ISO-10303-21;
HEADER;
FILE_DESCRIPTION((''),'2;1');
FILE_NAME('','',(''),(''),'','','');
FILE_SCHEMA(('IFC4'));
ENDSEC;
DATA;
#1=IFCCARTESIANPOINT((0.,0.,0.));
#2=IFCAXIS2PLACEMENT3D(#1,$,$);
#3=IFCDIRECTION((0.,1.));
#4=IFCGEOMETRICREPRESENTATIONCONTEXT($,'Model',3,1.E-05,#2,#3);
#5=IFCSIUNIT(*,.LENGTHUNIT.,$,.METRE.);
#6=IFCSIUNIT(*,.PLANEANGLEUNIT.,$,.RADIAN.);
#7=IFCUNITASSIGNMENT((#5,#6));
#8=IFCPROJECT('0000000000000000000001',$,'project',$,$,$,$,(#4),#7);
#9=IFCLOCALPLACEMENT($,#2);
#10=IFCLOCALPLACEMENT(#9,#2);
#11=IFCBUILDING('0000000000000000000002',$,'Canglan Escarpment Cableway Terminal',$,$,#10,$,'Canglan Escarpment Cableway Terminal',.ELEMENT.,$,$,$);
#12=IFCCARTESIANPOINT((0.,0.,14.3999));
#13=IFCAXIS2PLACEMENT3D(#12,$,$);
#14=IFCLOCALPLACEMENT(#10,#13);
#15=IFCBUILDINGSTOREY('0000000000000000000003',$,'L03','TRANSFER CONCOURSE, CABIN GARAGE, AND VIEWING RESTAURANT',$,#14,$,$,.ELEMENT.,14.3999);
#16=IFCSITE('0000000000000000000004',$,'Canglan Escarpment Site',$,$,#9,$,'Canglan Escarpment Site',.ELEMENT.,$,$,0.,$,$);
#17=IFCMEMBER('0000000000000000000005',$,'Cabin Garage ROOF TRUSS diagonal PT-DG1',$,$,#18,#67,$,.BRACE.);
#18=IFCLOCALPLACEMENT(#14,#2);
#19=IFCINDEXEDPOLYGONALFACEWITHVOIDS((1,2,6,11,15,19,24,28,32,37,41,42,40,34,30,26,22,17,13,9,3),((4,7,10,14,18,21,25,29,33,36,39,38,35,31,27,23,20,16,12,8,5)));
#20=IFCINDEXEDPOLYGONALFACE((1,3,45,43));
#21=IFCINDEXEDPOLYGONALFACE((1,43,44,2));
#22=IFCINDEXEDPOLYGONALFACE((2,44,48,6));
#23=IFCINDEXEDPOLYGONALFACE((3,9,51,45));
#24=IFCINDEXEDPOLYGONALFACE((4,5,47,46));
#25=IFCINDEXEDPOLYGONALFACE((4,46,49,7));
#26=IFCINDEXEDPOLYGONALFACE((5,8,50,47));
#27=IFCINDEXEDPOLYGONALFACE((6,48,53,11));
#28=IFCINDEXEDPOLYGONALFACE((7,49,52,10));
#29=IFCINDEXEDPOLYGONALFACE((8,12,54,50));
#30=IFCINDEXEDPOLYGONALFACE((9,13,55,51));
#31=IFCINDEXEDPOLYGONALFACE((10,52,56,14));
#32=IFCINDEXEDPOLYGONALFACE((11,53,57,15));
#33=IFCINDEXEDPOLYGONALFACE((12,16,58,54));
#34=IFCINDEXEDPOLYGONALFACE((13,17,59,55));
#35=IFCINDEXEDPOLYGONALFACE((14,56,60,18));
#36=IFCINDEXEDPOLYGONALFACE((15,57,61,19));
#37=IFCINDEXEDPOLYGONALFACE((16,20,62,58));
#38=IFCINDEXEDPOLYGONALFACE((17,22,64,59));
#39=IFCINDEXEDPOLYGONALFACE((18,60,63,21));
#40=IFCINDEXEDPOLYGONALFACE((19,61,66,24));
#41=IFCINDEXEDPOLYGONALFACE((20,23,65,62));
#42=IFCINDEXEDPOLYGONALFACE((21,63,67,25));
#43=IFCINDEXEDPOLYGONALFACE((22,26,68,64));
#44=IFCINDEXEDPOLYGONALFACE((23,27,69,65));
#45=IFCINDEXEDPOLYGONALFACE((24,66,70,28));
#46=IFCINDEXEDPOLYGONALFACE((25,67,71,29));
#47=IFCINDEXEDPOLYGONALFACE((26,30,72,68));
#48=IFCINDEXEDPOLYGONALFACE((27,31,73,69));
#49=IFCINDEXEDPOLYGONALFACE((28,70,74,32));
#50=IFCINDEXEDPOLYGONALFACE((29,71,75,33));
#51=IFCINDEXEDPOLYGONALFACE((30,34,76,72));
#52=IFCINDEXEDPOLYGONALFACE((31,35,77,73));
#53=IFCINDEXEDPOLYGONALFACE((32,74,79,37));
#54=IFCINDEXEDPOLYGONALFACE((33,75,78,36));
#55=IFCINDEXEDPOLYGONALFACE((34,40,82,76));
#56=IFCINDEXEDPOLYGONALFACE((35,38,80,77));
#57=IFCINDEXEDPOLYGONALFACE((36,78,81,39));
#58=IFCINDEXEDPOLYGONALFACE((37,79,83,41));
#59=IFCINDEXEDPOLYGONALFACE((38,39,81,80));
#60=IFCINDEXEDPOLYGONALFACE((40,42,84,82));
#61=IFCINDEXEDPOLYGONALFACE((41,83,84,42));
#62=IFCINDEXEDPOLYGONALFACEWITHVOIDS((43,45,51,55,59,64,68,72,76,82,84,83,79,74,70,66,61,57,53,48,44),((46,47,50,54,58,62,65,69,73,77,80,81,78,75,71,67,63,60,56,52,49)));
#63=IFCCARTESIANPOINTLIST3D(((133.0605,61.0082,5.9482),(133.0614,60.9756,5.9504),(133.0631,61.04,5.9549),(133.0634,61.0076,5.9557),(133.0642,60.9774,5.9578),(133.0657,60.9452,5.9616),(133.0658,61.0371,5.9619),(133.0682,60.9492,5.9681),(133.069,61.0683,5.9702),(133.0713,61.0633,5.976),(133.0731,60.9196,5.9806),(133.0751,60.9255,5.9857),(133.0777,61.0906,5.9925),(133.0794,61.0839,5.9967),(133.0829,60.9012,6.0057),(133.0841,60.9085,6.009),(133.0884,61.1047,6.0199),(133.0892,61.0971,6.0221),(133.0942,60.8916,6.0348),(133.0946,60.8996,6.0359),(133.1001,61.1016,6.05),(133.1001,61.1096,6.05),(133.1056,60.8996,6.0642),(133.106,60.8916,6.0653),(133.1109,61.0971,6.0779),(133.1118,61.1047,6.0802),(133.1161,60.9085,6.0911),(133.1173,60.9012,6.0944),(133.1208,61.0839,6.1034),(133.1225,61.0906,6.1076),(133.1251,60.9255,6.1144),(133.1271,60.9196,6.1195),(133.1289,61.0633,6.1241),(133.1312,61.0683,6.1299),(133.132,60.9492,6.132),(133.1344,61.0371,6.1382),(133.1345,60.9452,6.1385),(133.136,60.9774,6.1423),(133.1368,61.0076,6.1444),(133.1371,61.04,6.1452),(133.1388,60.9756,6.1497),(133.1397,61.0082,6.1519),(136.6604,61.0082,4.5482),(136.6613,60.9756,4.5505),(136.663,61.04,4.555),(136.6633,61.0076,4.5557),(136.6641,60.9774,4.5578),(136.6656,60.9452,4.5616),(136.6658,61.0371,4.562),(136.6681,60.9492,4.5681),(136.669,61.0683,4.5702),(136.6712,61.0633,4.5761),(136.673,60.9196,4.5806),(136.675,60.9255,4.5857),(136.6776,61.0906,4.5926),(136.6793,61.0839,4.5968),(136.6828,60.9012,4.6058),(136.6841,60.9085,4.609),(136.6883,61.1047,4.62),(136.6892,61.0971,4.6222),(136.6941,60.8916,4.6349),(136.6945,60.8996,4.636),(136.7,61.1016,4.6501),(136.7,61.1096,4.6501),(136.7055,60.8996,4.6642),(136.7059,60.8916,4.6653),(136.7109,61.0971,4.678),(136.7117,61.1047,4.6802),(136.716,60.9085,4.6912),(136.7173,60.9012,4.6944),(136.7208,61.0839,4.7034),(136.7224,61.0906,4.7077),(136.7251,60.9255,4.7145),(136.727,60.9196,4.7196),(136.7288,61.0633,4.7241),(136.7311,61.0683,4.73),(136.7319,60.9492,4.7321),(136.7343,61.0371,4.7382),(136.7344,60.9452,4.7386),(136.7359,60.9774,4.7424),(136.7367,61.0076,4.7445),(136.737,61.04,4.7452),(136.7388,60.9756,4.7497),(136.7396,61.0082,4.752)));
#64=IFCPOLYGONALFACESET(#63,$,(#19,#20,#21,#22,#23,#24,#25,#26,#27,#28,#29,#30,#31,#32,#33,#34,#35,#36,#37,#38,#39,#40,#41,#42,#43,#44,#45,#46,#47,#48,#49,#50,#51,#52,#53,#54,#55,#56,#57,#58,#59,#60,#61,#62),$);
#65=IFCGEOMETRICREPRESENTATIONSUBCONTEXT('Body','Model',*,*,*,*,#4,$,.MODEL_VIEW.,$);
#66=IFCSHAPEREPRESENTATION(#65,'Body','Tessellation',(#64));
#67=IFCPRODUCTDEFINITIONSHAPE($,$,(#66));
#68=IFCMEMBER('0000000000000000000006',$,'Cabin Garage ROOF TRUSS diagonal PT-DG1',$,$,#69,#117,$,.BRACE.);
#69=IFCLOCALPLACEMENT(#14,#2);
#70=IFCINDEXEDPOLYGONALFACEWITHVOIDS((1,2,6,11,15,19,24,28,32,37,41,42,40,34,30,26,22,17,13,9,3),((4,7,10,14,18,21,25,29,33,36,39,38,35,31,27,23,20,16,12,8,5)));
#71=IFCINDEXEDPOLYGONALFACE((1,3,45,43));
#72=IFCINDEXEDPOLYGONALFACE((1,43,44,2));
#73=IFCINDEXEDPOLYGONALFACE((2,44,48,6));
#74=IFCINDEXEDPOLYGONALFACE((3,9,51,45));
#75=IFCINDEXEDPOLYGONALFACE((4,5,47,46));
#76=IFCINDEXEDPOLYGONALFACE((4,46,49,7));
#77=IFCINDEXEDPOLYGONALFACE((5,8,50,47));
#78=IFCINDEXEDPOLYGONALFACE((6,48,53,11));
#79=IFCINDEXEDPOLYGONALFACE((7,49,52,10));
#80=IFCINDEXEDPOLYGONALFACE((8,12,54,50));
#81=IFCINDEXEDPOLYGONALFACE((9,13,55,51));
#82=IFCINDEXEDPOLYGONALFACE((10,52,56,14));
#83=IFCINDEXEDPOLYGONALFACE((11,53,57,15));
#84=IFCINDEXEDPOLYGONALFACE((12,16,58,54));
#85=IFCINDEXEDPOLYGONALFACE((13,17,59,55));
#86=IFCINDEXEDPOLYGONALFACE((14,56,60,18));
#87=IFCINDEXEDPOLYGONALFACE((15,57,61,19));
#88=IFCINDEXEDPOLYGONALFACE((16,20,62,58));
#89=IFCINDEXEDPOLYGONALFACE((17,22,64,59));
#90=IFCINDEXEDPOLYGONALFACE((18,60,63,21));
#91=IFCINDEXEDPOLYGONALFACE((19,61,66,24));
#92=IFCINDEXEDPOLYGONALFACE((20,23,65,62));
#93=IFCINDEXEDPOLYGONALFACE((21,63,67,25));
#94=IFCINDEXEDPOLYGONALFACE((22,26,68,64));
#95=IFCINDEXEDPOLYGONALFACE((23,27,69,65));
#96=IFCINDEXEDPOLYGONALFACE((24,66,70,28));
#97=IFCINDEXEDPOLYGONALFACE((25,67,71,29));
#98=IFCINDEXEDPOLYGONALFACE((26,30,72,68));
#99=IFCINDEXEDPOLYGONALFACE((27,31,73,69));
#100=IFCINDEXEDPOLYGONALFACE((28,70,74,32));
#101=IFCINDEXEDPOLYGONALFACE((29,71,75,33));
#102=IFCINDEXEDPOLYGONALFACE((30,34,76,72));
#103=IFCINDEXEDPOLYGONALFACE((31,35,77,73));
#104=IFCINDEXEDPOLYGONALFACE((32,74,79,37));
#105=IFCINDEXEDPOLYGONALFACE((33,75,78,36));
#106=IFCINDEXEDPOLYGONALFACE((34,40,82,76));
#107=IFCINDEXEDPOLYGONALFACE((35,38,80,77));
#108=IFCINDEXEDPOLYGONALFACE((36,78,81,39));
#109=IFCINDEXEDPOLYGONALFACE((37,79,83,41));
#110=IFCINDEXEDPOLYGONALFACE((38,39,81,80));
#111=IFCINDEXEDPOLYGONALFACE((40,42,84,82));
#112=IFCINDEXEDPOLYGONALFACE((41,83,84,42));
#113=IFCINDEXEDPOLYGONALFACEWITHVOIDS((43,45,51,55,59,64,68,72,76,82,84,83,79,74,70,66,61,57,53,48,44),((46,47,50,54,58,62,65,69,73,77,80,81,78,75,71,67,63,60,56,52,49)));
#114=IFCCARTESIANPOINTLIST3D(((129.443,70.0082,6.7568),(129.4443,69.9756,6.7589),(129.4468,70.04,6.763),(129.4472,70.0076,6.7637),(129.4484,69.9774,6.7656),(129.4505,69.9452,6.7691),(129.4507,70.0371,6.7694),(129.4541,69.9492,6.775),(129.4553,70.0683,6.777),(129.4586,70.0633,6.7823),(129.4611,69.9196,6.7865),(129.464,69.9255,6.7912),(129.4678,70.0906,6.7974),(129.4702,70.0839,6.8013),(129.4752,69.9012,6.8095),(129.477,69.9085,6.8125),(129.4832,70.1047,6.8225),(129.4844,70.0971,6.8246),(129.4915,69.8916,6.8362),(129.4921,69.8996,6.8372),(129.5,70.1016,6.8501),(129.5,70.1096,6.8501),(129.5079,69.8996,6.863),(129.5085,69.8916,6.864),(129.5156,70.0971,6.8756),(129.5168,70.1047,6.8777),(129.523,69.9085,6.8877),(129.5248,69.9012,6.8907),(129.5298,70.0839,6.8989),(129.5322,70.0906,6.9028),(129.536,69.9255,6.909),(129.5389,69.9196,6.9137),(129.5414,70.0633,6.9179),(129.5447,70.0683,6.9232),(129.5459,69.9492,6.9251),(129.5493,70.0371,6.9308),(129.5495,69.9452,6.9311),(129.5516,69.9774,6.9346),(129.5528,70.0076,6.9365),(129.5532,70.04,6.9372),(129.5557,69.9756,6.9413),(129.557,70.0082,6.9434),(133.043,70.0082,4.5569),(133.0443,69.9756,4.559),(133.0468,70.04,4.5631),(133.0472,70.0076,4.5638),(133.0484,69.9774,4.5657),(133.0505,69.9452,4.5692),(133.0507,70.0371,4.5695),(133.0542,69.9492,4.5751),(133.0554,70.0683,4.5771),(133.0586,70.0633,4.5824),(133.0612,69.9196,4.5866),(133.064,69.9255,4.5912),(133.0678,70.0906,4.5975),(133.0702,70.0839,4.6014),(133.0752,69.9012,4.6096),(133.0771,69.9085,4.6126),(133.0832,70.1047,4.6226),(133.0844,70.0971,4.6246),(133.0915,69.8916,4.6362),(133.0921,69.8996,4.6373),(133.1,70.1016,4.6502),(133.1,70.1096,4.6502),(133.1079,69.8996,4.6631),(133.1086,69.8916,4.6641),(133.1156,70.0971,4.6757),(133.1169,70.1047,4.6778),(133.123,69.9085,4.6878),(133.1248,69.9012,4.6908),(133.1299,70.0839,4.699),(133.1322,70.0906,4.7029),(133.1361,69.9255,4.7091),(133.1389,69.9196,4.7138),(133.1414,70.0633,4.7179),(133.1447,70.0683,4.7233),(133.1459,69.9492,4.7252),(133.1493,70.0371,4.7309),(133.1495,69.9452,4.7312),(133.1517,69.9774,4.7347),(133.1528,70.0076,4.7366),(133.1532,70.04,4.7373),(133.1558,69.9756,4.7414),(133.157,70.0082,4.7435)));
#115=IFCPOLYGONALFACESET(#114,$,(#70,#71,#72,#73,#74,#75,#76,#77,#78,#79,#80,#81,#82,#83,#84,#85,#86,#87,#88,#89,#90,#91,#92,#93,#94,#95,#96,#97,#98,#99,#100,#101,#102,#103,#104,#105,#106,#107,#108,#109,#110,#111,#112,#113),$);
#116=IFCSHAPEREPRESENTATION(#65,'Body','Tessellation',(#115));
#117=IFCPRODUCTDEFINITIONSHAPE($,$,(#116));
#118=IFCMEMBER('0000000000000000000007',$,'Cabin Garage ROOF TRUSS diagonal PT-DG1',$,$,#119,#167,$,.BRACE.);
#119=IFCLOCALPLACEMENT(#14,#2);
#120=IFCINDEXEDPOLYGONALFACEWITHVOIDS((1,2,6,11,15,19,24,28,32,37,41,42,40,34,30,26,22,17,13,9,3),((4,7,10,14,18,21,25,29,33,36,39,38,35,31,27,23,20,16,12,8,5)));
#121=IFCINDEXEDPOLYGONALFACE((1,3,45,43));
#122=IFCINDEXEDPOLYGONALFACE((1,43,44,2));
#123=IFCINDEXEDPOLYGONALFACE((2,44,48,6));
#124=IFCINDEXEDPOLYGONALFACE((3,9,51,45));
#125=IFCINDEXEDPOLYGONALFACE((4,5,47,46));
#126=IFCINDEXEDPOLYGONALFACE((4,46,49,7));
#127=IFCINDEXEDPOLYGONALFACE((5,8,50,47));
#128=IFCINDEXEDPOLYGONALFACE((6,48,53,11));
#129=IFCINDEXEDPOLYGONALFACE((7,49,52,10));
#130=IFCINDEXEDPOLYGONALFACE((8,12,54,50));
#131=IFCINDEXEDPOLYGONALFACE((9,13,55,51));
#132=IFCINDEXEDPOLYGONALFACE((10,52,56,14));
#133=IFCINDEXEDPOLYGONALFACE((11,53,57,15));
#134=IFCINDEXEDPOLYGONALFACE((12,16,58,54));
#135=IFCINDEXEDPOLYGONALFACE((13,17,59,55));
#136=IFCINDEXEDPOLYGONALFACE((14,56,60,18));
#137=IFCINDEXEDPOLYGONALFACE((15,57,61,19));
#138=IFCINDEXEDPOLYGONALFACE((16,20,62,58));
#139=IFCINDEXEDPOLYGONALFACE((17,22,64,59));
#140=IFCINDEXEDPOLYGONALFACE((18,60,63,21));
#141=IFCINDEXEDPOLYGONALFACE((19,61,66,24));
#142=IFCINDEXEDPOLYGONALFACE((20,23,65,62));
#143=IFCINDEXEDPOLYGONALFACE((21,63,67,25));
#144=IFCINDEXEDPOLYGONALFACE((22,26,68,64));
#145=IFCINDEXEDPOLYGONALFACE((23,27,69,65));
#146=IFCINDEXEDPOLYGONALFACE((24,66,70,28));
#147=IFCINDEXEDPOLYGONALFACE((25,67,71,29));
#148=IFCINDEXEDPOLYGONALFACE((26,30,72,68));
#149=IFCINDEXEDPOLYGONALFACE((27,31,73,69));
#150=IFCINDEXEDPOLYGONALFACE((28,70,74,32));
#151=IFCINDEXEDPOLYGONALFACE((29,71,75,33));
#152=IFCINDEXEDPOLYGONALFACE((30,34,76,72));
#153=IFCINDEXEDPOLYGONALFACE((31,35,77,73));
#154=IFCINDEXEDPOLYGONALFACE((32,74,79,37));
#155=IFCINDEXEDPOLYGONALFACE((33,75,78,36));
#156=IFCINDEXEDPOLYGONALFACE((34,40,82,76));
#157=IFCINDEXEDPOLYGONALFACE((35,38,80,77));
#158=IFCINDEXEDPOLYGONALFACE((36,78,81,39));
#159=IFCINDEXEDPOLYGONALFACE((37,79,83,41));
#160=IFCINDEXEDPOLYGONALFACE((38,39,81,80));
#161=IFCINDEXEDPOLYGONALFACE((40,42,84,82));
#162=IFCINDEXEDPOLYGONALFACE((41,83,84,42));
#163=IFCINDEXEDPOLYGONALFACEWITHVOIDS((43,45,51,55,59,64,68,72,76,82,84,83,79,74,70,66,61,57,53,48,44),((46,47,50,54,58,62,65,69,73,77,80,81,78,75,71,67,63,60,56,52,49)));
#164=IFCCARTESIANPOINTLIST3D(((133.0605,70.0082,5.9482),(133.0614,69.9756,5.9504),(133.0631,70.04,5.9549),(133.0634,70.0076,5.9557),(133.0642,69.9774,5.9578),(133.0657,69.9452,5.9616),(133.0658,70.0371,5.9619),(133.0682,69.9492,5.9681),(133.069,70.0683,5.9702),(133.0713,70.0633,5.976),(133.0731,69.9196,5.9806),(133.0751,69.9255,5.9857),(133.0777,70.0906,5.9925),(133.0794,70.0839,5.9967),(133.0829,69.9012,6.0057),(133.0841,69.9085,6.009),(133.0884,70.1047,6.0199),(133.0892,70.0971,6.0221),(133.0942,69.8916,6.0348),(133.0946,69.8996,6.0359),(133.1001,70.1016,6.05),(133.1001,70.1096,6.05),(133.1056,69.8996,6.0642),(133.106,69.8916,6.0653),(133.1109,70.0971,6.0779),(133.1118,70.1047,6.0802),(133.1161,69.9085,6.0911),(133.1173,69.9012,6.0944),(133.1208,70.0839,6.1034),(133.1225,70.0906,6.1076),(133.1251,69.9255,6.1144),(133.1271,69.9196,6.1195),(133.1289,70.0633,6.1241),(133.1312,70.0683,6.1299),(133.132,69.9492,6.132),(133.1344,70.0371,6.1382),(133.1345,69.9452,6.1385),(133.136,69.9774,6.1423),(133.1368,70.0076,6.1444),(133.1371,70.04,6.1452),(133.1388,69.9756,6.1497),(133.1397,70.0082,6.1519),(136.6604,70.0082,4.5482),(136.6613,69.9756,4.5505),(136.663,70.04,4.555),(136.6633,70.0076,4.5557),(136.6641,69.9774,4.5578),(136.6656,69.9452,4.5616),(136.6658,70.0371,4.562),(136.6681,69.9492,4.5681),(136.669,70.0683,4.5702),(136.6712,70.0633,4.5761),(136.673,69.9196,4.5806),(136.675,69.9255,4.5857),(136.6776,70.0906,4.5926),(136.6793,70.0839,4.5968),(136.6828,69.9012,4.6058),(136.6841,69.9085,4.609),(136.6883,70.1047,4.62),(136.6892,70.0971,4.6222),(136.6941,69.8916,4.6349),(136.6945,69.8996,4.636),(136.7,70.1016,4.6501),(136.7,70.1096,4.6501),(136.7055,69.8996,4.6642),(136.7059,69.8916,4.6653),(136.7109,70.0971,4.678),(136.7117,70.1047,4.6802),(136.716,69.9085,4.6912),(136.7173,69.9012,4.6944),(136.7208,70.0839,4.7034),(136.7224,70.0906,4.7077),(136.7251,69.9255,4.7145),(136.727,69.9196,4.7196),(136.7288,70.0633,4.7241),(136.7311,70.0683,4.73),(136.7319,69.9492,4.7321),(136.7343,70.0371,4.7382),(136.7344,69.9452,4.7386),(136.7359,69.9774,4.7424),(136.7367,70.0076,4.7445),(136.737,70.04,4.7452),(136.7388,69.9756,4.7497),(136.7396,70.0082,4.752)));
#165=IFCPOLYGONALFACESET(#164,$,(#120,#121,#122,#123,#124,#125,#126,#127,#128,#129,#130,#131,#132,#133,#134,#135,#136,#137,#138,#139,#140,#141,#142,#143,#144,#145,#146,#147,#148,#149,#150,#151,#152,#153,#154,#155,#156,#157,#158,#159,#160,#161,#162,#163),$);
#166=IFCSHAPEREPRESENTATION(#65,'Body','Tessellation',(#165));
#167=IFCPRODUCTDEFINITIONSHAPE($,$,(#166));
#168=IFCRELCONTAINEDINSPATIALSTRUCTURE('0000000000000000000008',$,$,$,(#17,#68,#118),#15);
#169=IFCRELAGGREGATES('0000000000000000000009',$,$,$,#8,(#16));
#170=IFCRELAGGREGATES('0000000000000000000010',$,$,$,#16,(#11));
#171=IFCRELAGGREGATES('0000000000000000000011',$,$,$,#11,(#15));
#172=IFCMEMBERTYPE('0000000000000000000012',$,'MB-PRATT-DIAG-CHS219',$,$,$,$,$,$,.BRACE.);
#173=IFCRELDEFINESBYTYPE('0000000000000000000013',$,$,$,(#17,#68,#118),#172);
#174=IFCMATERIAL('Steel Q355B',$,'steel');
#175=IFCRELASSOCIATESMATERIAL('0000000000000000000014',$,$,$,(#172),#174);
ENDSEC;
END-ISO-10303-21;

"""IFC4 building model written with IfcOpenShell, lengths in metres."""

from ifc_helpers import new_model, si_unit, direction, frame, origin, origin_2d, place, context, subcontext, project, spatial, hollow_circle, extrude, material, material_profile, profile_set, type_object, element, save


model = new_model("IFC4")

# Units and contexts
model_context = context("Model", 3, precision=1e-05, world=origin(), true_north=direction((0.0, 1.0)))
body_context = subcontext(model_context, "Body", "Model", "MODEL_VIEW")
ifc_project = project(units=[si_unit("LENGTHUNIT", "METRE"), si_unit("PLANEANGLEUNIT", "RADIAN")], contexts=[model_context])

# Site, building, storey
site_placement = place(None, origin())
site = spatial("IfcSite", under=ifc_project, at=site_placement, Name="Canglan Escarpment Site", LongName="Canglan Escarpment Site", CompositionType="ELEMENT", RefElevation=0.0)
building_placement = place(site_placement, origin())
building = spatial("IfcBuilding", under=site, at=building_placement, Name="Canglan Escarpment Cableway Terminal", LongName="Canglan Escarpment Cableway Terminal", CompositionType="ELEMENT")
storey_placement = place(building_placement, frame((0.0, 0.0, 14.3999)))
storey = spatial("IfcBuildingStorey", under=building, at=storey_placement, Name="L03", Description="TRANSFER CONCOURSE, CABIN GARAGE, AND VIEWING RESTAURANT", CompositionType="ELEMENT", Elevation=14.3999)

# Shared definitions
ifc_material_1 = material(Name="Steel Q355B", Category="steel")

# Members
ifc_material_profile_1 = material_profile(ifc_material_1, hollow_circle(Radius=0.1096, WallThickness=0.0081, at=origin_2d()), Name="CHS 219.1x8")
ifc_profile_set_1 = profile_set([ifc_material_profile_1], Name="Steel Q355B")
member_type_1 = type_object("IfcMemberType", Name="MB-PRATT-DIAG-CHS219", PredefinedType="BRACE", material=ifc_profile_set_1)
member_1_placement = place(storey_placement, frame((133.1001, 61.0, 6.05), z_axis=(0.932008, 0.0, -0.362437), x_axis=(0.0, 1.0, 0.0)))
element("IfcMember", 1, at=member_1_placement, inside=storey, type_object=member_type_1, Name="Cabin Garage ROOF TRUSS diagonal PT-DG1", PredefinedType="BRACE", context=body_context, shape_type="SweptSolid", body=[
    extrude(hollow_circle(Radius=0.1096, WallThickness=0.0081, at=origin_2d()), origin(), (0.0, 0.0, 1.0), 3.8625),
])
member_2_placement = place(storey_placement, frame((129.5, 70.0, 6.8501), z_axis=(0.853293, 0.0, -0.521431), x_axis=(0.0, 1.0, 0.0)))
element("IfcMember", 2, at=member_2_placement, inside=storey, type_object=member_type_1, Name="Cabin Garage ROOF TRUSS diagonal PT-DG1", PredefinedType="BRACE", context=body_context, shape_type="SweptSolid", body=[
    extrude(hollow_circle(Radius=0.1096, WallThickness=0.0081, at=origin_2d()), origin(), (0.0, 0.0, 1.0), 4.219),
])
member_3_placement = place(storey_placement, frame((133.1001, 70.0, 6.05), z_axis=(0.932008, 0.0, -0.362437), x_axis=(0.0, 1.0, 0.0)))
element("IfcMember", 3, at=member_3_placement, inside=storey, type_object=member_type_1, Name="Cabin Garage ROOF TRUSS diagonal PT-DG1", PredefinedType="BRACE", context=body_context, shape_type="SweptSolid", body=[
    extrude(hollow_circle(Radius=0.1096, WallThickness=0.0081, at=origin_2d()), origin(), (0.0, 0.0, 1.0), 3.8625),
])

save(model, "model.ifc")
